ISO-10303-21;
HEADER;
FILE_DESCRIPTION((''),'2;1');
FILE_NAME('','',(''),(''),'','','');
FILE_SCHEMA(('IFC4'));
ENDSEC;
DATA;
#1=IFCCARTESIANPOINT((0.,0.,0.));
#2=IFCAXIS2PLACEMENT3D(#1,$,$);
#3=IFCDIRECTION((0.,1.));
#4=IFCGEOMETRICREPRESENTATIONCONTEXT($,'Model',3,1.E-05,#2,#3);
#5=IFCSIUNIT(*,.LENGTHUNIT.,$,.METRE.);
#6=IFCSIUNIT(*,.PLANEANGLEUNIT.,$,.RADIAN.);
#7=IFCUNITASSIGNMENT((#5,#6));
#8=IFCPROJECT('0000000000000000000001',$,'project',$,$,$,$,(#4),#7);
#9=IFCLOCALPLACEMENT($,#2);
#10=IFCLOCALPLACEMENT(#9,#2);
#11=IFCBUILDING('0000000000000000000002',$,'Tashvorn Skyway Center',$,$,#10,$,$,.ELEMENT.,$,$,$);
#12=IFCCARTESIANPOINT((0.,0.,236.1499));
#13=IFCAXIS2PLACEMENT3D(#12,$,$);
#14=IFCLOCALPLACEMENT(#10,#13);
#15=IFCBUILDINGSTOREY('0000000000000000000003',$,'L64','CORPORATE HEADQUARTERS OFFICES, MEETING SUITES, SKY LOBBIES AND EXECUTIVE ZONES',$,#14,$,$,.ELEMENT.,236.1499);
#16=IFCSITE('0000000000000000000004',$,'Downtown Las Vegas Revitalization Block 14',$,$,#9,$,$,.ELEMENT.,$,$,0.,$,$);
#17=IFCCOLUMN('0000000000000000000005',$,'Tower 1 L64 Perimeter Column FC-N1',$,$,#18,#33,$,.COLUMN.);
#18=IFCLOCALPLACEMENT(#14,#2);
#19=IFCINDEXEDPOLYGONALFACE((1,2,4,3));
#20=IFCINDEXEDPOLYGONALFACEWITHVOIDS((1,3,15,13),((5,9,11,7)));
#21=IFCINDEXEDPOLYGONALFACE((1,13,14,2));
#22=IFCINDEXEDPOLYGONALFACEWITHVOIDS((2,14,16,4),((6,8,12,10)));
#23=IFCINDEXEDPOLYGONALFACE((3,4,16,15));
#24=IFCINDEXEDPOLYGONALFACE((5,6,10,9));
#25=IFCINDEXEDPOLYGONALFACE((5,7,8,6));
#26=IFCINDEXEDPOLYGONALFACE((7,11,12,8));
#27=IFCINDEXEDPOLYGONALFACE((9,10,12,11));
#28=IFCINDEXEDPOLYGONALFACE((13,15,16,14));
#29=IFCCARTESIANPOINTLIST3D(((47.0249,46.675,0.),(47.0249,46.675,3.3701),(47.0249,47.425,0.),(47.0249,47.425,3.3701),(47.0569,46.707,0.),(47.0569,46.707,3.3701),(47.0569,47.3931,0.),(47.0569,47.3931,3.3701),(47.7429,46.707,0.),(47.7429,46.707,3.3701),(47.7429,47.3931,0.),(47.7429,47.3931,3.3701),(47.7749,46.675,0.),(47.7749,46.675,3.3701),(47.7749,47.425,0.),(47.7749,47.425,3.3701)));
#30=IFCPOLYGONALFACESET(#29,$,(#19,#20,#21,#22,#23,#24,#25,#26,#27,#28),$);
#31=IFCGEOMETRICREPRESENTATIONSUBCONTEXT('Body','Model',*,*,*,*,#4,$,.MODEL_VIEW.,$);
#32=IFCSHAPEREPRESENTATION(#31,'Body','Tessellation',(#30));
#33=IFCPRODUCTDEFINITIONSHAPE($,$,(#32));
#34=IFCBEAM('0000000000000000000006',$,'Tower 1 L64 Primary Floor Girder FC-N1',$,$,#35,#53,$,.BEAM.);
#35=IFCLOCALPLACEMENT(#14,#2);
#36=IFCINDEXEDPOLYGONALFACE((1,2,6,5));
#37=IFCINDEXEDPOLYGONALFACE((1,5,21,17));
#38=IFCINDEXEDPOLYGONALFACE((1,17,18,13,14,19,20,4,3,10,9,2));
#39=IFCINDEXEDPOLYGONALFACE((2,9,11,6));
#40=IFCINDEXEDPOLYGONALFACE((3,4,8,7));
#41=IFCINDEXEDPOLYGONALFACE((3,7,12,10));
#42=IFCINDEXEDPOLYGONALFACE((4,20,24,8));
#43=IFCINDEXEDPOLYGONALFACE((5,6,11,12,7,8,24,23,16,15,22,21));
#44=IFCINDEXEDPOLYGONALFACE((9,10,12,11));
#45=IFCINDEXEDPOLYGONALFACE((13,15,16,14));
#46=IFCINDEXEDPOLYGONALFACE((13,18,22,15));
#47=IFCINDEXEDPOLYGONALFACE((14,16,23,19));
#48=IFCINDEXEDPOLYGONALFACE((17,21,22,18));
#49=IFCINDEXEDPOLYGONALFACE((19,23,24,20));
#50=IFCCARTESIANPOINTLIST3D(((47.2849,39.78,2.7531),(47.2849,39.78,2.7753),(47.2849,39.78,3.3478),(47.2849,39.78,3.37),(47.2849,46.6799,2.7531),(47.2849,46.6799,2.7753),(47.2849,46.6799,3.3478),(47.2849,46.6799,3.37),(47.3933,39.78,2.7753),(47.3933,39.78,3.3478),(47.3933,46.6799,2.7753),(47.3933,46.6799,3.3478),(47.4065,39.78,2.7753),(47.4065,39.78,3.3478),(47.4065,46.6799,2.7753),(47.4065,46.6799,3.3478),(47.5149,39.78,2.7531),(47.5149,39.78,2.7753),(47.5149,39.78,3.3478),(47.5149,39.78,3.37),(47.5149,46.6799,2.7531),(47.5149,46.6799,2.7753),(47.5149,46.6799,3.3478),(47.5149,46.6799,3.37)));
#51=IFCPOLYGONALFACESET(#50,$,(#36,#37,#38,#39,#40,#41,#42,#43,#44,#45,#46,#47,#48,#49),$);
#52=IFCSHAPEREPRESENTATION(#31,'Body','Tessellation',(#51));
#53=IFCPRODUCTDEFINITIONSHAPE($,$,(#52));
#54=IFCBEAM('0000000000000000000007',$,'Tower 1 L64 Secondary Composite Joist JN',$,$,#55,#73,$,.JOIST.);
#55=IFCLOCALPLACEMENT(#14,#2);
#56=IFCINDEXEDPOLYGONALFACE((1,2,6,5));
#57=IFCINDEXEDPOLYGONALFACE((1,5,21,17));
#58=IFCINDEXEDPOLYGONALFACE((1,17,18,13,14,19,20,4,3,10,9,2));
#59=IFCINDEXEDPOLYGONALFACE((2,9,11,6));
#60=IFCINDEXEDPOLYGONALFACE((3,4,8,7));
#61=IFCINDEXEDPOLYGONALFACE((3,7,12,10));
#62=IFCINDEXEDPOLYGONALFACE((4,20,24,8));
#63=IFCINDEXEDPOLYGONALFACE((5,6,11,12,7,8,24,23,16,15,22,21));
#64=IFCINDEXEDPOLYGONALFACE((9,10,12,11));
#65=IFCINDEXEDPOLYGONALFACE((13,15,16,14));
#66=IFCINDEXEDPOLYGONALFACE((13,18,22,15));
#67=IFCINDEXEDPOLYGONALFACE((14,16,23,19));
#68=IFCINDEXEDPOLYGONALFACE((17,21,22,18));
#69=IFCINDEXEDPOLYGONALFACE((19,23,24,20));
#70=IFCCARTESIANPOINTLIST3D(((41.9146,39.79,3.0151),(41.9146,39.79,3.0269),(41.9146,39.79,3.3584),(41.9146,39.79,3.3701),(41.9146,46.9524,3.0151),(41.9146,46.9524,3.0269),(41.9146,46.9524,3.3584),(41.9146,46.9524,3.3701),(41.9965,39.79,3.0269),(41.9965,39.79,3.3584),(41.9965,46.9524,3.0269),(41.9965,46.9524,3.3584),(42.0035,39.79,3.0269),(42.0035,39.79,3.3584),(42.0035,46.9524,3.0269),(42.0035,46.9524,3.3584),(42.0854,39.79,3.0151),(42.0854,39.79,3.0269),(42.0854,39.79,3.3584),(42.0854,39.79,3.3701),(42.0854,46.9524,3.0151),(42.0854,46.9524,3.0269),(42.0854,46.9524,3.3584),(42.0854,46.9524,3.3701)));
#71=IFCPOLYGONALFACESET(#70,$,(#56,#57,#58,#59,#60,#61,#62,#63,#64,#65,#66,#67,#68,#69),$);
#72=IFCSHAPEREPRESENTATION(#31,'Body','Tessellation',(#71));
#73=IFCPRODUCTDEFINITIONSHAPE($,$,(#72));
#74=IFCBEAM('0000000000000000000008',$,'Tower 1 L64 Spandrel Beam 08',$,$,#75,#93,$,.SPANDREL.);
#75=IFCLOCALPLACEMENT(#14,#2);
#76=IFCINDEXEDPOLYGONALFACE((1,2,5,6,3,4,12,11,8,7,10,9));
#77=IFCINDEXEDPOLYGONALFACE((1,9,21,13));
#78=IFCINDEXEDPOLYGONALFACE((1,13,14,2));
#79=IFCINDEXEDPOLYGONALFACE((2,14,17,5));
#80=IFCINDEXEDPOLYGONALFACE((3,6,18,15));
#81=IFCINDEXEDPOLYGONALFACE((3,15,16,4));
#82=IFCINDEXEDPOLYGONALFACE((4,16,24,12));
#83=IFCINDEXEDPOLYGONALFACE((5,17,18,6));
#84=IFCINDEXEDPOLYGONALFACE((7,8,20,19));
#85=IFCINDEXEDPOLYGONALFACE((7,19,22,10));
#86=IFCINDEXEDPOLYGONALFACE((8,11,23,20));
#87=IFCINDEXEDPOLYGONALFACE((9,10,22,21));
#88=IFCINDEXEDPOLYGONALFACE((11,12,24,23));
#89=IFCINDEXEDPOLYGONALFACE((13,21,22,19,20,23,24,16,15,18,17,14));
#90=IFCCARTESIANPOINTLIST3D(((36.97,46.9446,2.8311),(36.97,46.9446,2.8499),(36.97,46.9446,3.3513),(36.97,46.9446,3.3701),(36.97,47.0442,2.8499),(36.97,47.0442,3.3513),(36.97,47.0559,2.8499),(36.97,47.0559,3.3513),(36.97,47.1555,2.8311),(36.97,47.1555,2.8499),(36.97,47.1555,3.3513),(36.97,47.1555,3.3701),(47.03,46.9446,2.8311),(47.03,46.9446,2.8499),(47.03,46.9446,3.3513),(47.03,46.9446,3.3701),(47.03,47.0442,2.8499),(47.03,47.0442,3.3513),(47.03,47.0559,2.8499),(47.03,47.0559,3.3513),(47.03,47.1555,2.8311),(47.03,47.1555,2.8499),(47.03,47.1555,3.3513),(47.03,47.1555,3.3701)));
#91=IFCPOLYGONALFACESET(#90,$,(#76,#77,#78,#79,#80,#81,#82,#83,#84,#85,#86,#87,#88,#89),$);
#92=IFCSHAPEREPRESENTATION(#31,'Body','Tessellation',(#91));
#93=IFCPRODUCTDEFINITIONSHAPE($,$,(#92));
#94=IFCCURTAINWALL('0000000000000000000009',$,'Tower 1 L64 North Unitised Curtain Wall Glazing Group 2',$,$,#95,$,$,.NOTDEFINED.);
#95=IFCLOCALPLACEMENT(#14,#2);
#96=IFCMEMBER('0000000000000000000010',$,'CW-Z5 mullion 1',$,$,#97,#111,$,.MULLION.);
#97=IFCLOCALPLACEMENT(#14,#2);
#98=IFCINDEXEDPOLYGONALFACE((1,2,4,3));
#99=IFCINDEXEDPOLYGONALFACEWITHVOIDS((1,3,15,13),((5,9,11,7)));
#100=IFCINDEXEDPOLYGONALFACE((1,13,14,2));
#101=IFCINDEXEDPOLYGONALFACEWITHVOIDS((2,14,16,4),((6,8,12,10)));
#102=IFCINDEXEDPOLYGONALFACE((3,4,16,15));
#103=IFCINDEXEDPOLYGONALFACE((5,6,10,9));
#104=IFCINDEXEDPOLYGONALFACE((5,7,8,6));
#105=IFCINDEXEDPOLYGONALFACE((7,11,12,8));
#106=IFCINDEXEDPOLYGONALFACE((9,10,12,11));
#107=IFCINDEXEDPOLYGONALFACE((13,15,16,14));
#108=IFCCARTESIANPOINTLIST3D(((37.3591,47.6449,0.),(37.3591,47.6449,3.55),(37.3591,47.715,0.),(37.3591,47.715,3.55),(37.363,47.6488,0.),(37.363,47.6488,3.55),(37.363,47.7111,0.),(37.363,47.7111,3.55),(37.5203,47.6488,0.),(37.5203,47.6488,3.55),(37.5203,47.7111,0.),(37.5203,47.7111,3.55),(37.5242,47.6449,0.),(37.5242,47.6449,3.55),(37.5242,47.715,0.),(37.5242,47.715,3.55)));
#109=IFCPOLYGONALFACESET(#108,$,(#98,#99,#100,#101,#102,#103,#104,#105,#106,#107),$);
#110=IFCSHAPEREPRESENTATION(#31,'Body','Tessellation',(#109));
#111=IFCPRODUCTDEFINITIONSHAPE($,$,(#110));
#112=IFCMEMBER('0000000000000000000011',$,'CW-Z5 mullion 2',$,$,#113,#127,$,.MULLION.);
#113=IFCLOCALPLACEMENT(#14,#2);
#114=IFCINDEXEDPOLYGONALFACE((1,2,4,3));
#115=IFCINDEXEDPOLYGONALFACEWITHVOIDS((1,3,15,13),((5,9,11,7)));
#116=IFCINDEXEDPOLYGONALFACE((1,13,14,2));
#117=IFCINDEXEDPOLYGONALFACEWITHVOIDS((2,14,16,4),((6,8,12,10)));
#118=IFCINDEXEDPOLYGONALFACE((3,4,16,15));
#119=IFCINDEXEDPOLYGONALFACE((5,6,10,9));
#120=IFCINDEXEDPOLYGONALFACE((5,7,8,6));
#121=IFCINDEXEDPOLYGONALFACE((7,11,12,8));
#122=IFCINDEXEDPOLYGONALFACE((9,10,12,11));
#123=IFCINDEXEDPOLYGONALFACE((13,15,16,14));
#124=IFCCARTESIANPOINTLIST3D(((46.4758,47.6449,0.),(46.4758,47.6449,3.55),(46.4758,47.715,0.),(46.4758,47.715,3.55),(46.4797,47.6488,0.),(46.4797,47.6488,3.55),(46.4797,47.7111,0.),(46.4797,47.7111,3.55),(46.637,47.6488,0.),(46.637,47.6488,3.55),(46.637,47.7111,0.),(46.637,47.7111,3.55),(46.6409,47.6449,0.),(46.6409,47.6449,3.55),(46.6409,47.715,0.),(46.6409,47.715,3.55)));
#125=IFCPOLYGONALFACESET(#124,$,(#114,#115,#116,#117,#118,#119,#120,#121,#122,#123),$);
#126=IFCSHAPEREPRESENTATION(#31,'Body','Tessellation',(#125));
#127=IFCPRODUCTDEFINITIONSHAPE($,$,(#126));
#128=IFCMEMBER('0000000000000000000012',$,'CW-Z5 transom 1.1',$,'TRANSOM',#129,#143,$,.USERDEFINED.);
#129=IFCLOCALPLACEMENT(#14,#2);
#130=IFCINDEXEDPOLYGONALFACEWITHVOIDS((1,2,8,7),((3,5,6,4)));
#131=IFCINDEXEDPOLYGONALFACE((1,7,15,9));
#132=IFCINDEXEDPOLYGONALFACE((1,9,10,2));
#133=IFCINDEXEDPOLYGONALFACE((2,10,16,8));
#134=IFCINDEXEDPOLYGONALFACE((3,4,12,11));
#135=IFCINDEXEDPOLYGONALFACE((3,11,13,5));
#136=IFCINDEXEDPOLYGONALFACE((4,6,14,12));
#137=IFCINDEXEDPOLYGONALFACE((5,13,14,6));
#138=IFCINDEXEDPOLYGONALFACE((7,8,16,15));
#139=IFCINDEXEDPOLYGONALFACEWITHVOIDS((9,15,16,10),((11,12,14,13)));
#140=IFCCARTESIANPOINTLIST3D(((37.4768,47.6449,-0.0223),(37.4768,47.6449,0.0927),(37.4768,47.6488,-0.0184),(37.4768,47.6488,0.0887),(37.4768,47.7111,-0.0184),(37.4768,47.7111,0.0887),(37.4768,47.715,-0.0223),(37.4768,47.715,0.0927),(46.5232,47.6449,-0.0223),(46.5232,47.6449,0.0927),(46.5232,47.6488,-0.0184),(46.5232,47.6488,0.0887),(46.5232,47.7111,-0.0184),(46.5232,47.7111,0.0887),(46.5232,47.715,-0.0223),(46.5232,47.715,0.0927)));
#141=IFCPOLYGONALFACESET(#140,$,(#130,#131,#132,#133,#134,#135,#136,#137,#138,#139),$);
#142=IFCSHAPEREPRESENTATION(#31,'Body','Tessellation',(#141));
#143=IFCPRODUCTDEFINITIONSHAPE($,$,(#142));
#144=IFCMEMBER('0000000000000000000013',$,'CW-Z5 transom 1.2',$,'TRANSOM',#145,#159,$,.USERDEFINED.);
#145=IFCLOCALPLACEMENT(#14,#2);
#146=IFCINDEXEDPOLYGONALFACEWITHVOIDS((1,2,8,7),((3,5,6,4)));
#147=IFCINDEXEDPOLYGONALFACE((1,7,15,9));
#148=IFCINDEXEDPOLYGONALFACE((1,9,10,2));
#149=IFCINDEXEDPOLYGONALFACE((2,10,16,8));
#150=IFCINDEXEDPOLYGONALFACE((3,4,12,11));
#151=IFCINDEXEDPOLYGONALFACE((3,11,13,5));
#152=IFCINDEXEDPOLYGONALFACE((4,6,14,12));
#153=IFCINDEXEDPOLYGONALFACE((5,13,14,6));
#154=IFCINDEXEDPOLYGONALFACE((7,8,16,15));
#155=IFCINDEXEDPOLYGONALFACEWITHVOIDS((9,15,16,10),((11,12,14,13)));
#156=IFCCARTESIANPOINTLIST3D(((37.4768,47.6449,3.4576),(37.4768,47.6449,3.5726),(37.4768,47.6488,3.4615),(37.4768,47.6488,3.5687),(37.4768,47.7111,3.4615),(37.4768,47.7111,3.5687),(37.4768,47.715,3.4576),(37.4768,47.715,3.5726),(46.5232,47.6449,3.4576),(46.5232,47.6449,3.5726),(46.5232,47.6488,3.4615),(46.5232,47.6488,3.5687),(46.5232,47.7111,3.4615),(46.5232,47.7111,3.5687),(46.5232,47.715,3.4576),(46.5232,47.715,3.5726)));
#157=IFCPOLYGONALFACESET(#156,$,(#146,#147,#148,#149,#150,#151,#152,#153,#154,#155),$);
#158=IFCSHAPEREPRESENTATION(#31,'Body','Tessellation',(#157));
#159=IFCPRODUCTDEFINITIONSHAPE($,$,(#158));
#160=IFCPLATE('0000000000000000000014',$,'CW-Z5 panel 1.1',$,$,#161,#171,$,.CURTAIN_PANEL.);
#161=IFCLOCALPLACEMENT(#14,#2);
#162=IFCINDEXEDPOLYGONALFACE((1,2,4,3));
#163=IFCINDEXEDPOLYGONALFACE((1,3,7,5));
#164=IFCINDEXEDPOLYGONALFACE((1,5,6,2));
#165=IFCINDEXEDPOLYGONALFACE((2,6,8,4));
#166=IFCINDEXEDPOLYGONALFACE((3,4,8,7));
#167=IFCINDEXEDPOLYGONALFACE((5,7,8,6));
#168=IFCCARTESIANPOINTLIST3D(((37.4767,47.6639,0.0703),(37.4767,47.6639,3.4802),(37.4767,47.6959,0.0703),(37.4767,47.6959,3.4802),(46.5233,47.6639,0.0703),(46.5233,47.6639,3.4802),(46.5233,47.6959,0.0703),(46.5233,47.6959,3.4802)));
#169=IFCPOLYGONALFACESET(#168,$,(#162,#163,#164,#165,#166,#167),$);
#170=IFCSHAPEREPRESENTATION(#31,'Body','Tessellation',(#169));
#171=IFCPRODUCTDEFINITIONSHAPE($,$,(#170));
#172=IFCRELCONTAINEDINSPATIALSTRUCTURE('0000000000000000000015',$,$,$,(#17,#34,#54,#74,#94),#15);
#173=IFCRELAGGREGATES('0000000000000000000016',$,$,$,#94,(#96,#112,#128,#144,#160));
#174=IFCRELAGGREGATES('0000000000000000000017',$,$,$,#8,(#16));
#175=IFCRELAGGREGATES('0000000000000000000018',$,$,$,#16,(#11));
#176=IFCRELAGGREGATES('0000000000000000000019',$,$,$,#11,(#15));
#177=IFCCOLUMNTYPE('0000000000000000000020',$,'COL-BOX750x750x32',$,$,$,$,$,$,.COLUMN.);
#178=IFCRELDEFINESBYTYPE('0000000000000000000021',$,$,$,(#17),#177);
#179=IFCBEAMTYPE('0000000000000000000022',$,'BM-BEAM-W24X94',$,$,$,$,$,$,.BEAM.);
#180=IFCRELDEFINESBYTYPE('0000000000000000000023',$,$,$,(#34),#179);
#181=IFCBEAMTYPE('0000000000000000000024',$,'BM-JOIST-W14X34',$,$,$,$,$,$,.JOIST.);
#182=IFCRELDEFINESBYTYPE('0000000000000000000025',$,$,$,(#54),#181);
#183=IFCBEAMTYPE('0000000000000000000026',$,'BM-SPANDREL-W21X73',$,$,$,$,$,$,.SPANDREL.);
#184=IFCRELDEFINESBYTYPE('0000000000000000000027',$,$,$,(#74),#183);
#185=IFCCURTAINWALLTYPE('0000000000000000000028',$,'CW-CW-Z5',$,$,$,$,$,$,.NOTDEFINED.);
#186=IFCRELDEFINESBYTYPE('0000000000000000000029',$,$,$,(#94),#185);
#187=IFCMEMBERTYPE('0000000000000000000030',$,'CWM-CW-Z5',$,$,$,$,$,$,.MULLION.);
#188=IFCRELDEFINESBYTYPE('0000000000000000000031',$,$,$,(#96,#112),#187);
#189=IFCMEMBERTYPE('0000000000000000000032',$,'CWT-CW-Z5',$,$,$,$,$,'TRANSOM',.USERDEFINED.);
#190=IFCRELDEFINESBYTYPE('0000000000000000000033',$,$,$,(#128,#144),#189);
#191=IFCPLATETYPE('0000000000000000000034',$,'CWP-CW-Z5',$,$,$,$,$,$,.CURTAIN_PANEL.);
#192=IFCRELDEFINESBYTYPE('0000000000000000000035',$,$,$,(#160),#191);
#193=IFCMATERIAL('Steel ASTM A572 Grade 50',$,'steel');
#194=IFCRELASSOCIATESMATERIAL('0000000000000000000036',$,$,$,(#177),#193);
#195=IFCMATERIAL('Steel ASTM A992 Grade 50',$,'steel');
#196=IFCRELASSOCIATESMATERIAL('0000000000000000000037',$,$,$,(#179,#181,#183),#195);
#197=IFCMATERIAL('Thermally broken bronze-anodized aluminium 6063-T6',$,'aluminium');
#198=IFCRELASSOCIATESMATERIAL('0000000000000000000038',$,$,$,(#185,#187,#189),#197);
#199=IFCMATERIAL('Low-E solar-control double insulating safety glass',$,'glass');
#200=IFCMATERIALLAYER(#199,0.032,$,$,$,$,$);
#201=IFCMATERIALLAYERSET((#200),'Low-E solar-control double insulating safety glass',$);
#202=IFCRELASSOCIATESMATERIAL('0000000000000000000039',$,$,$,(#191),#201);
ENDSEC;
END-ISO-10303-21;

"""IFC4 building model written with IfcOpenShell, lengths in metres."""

from ifc_helpers import new_model, si_unit, direction, frame, origin, origin_2d, place, context, subcontext, project, spatial, rectangle, hollow_rectangle, i_section, extrude, material, layer, layer_set, material_profile, profile_set, type_object, element, aggregate, save


model = new_model("IFC4")

# Units and contexts
model_context = context("Model", 3, precision=1e-05, world=origin(), true_north=direction((0.0, 1.0)))
body_context = subcontext(model_context, "Body", "Model", "MODEL_VIEW")
ifc_project = project(units=[si_unit("LENGTHUNIT", "METRE"), si_unit("PLANEANGLEUNIT", "RADIAN")], contexts=[model_context])

# Site, building, storey
site_placement = place(None, origin())
site = spatial("IfcSite", under=ifc_project, at=site_placement, Name="Downtown Las Vegas Revitalization Block 14", CompositionType="ELEMENT", RefElevation=0.0)
building_placement = place(site_placement, origin())
building = spatial("IfcBuilding", under=site, at=building_placement, Name="Tashvorn Skyway Center", CompositionType="ELEMENT")
storey_placement = place(building_placement, frame((0.0, 0.0, 236.1499)))
storey = spatial("IfcBuildingStorey", under=building, at=storey_placement, Name="L64", Description="CORPORATE HEADQUARTERS OFFICES, MEETING SUITES, SKY LOBBIES AND EXECUTIVE ZONES", CompositionType="ELEMENT", Elevation=236.1499)

# Column
ifc_material_1 = material(Name="Steel ASTM A572 Grade 50", Category="steel")
ifc_material_profile_1 = material_profile(ifc_material_1, hollow_rectangle(XDim=0.75, YDim=0.75, WallThickness=0.032, at=origin_2d()), Name="BOX750x750x32")
ifc_profile_set_1 = profile_set([ifc_material_profile_1], Name="Steel ASTM A572 Grade 50")
column_type = type_object("IfcColumnType", Name="COL-BOX750x750x32", PredefinedType="COLUMN", material=ifc_profile_set_1)
column_placement = place(storey_placement, frame((47.3999, 47.05, 0.0), z_axis=(0.0, 0.0, 1.0), x_axis=(1.0, 0.0, 0.0)))
element("IfcColumn", 1, at=column_placement, inside=storey, type_object=column_type, Name="Tower 1 L64 Perimeter Column FC-N1", PredefinedType="COLUMN", context=body_context, shape_type="SweptSolid", body=[
    extrude(hollow_rectangle(XDim=0.75, YDim=0.75, WallThickness=0.032, at=origin_2d()), origin(), (0.0, 0.0, 1.0), 3.3701),
])

# Beams
ifc_material_2 = material(Name="Steel ASTM A992 Grade 50", Category="steel")
ifc_material_profile_2 = material_profile(ifc_material_2, i_section(OverallWidth=0.23, OverallDepth=0.6169, WebThickness=0.0132, FlangeThickness=0.0222, at=origin_2d()), Name="W24X94")
ifc_profile_set_2 = profile_set([ifc_material_profile_2], Name="Steel ASTM A992 Grade 50")
beam_type_1 = type_object("IfcBeamType", Name="BM-BEAM-W24X94", PredefinedType="BEAM", material=ifc_profile_set_2)
beam_1_placement = place(storey_placement, frame((47.3999, 46.6799, 3.0615), z_axis=(0.0, -1.0, 0.0), x_axis=(1.0, 0.0, 0.0)))
element("IfcBeam", 2, at=beam_1_placement, inside=storey, type_object=beam_type_1, Name="Tower 1 L64 Primary Floor Girder FC-N1", PredefinedType="BEAM", context=body_context, shape_type="SweptSolid", body=[
    extrude(i_section(OverallWidth=0.23, OverallDepth=0.6169, WebThickness=0.0132, FlangeThickness=0.0222, at=origin_2d()), origin(), (0.0, 0.0, 1.0), 6.8999),
])
ifc_material_profile_3 = material_profile(ifc_material_2, i_section(OverallWidth=0.1709, OverallDepth=0.355, WebThickness=0.0071, FlangeThickness=0.0117, at=origin_2d()), Name="W14X34")
ifc_profile_set_3 = profile_set([ifc_material_profile_3], Name="Steel ASTM A992 Grade 50")
beam_type_2 = type_object("IfcBeamType", Name="BM-JOIST-W14X34", PredefinedType="JOIST", material=ifc_profile_set_3)
beam_2_placement = place(storey_placement, frame((42.0, 39.79, 3.1926), z_axis=(0.0, 1.0, 0.0), x_axis=(-1.0, 0.0, 0.0)))
element("IfcBeam", 3, at=beam_2_placement, inside=storey, type_object=beam_type_2, Name="Tower 1 L64 Secondary Composite Joist JN", PredefinedType="JOIST", context=body_context, shape_type="SweptSolid", body=[
    extrude(i_section(OverallWidth=0.1709, OverallDepth=0.355, WebThickness=0.0071, FlangeThickness=0.0117, at=origin_2d()), origin(), (0.0, 0.0, 1.0), 7.1624),
])
ifc_material_profile_4 = material_profile(ifc_material_2, i_section(OverallWidth=0.2109, OverallDepth=0.5391, WebThickness=0.0117, FlangeThickness=0.0188, at=origin_2d()), Name="W21X73")
ifc_profile_set_4 = profile_set([ifc_material_profile_4], Name="Steel ASTM A992 Grade 50")
beam_type_3 = type_object("IfcBeamType", Name="BM-SPANDREL-W21X73", PredefinedType="SPANDREL", material=ifc_profile_set_4)
beam_3_placement = place(storey_placement, frame((47.03, 47.05, 3.1006), z_axis=(-1.0, 0.0, 0.0), x_axis=(0.0, -1.0, 0.0)))
element("IfcBeam", 4, at=beam_3_placement, inside=storey, type_object=beam_type_3, Name="Tower 1 L64 Spandrel Beam 08", PredefinedType="SPANDREL", context=body_context, shape_type="SweptSolid", body=[
    extrude(i_section(OverallWidth=0.2109, OverallDepth=0.5391, WebThickness=0.0117, FlangeThickness=0.0188, at=origin_2d()), origin(), (0.0, 0.0, 1.0), 10.0601),
])

# Curtain wall, members, plate
ifc_material_3 = material(Name="Thermally broken bronze-anodized aluminium 6063-T6", Category="aluminium")
curtain_wall_type = type_object("IfcCurtainWallType", Name="CW-CW-Z5", PredefinedType="NOTDEFINED", material=ifc_material_3)
curtain_wall_placement = place(storey_placement, origin())
curtain_wall = element("IfcCurtainWall", 5, at=curtain_wall_placement, inside=storey, type_object=curtain_wall_type, Name="Tower 1 L64 North Unitised Curtain Wall Glazing Group 2", PredefinedType="NOTDEFINED")
ifc_material_profile_5 = material_profile(ifc_material_3, hollow_rectangle(XDim=0.0701, YDim=0.165, WallThickness=0.0039, at=origin_2d()), Name="ALU-MULL-70x165")
ifc_profile_set_5 = profile_set([ifc_material_profile_5], Name="Thermally broken bronze-anodized aluminium 6063-T6")
member_type_1 = type_object("IfcMemberType", Name="CWM-CW-Z5", PredefinedType="MULLION", material=ifc_profile_set_5)
member_1_placement = place(storey_placement, frame((37.4417, 47.6799, 0.0), z_axis=(0.0, 0.0, 1.0), x_axis=(0.0, 1.0, 0.0)))
member_1 = element("IfcMember", 6, at=member_1_placement, type_object=member_type_1, Name="CW-Z5 mullion 1", PredefinedType="MULLION", context=body_context, shape_type="SweptSolid", body=[
    extrude(hollow_rectangle(XDim=0.0701, YDim=0.165, WallThickness=0.0039, at=origin_2d()), origin(), (0.0, 0.0, 1.0), 3.55),
])
member_2_placement = place(storey_placement, frame((46.5583, 47.6799, 0.0), z_axis=(0.0, 0.0, 1.0), x_axis=(0.0, 1.0, 0.0)))
member_2 = element("IfcMember", 7, at=member_2_placement, type_object=member_type_1, Name="CW-Z5 mullion 2", PredefinedType="MULLION", context=body_context, shape_type="SweptSolid", body=[
    extrude(hollow_rectangle(XDim=0.0701, YDim=0.165, WallThickness=0.0039, at=origin_2d()), origin(), (0.0, 0.0, 1.0), 3.55),
])
ifc_material_profile_6 = material_profile(ifc_material_3, hollow_rectangle(XDim=0.0701, YDim=0.115, WallThickness=0.0039, at=origin_2d()), Name="ALU-TRAN-70x115")
ifc_profile_set_6 = profile_set([ifc_material_profile_6], Name="Thermally broken bronze-anodized aluminium 6063-T6")
member_type_2 = type_object("IfcMemberType", Name="CWT-CW-Z5", ElementType="TRANSOM", PredefinedType="USERDEFINED", material=ifc_profile_set_6)
member_3_placement = place(storey_placement, frame((37.4768, 47.6799, 0.0352), z_axis=(1.0, 0.0, 0.0), x_axis=(0.0, 1.0, 0.0)))
member_3 = element("IfcMember", 8, at=member_3_placement, type_object=member_type_2, Name="CW-Z5 transom 1.1", ObjectType="TRANSOM", PredefinedType="USERDEFINED", context=body_context, shape_type="SweptSolid", body=[
    extrude(hollow_rectangle(XDim=0.0701, YDim=0.115, WallThickness=0.0039, at=origin_2d()), origin(), (0.0, 0.0, 1.0), 9.0464),
])
member_4_placement = place(storey_placement, frame((37.4768, 47.6799, 3.5151), z_axis=(1.0, 0.0, 0.0), x_axis=(0.0, 1.0, 0.0)))
member_4 = element("IfcMember", 9, at=member_4_placement, type_object=member_type_2, Name="CW-Z5 transom 1.2", ObjectType="TRANSOM", PredefinedType="USERDEFINED", context=body_context, shape_type="SweptSolid", body=[
    extrude(hollow_rectangle(XDim=0.0701, YDim=0.115, WallThickness=0.0039, at=origin_2d()), origin(), (0.0, 0.0, 1.0), 9.0464),
])
ifc_material_4 = material(Name="Low-E solar-control double insulating safety glass", Category="glass")
ifc_layer_1 = layer(ifc_material_4, 0.032)
ifc_layer_set_1 = layer_set([ifc_layer_1], Name="Low-E solar-control double insulating safety glass")
plate_type = type_object("IfcPlateType", Name="CWP-CW-Z5", PredefinedType="CURTAIN_PANEL", material=ifc_layer_set_1)
plate_placement = place(storey_placement, frame((42.0, 47.6799, 0.0703), z_axis=(0.0, 0.0, 1.0), x_axis=(1.0, 0.0, 0.0)))
plate = element("IfcPlate", 10, at=plate_placement, type_object=plate_type, Name="CW-Z5 panel 1.1", PredefinedType="CURTAIN_PANEL", context=body_context, shape_type="SweptSolid", body=[
    extrude(rectangle(XDim=9.0466, YDim=0.032, at=origin_2d()), origin(), (0.0, 0.0, 1.0), 3.4099),
])
aggregate(curtain_wall, [member_1, member_2, member_3, member_4, plate])

save(model, "model.ifc")
